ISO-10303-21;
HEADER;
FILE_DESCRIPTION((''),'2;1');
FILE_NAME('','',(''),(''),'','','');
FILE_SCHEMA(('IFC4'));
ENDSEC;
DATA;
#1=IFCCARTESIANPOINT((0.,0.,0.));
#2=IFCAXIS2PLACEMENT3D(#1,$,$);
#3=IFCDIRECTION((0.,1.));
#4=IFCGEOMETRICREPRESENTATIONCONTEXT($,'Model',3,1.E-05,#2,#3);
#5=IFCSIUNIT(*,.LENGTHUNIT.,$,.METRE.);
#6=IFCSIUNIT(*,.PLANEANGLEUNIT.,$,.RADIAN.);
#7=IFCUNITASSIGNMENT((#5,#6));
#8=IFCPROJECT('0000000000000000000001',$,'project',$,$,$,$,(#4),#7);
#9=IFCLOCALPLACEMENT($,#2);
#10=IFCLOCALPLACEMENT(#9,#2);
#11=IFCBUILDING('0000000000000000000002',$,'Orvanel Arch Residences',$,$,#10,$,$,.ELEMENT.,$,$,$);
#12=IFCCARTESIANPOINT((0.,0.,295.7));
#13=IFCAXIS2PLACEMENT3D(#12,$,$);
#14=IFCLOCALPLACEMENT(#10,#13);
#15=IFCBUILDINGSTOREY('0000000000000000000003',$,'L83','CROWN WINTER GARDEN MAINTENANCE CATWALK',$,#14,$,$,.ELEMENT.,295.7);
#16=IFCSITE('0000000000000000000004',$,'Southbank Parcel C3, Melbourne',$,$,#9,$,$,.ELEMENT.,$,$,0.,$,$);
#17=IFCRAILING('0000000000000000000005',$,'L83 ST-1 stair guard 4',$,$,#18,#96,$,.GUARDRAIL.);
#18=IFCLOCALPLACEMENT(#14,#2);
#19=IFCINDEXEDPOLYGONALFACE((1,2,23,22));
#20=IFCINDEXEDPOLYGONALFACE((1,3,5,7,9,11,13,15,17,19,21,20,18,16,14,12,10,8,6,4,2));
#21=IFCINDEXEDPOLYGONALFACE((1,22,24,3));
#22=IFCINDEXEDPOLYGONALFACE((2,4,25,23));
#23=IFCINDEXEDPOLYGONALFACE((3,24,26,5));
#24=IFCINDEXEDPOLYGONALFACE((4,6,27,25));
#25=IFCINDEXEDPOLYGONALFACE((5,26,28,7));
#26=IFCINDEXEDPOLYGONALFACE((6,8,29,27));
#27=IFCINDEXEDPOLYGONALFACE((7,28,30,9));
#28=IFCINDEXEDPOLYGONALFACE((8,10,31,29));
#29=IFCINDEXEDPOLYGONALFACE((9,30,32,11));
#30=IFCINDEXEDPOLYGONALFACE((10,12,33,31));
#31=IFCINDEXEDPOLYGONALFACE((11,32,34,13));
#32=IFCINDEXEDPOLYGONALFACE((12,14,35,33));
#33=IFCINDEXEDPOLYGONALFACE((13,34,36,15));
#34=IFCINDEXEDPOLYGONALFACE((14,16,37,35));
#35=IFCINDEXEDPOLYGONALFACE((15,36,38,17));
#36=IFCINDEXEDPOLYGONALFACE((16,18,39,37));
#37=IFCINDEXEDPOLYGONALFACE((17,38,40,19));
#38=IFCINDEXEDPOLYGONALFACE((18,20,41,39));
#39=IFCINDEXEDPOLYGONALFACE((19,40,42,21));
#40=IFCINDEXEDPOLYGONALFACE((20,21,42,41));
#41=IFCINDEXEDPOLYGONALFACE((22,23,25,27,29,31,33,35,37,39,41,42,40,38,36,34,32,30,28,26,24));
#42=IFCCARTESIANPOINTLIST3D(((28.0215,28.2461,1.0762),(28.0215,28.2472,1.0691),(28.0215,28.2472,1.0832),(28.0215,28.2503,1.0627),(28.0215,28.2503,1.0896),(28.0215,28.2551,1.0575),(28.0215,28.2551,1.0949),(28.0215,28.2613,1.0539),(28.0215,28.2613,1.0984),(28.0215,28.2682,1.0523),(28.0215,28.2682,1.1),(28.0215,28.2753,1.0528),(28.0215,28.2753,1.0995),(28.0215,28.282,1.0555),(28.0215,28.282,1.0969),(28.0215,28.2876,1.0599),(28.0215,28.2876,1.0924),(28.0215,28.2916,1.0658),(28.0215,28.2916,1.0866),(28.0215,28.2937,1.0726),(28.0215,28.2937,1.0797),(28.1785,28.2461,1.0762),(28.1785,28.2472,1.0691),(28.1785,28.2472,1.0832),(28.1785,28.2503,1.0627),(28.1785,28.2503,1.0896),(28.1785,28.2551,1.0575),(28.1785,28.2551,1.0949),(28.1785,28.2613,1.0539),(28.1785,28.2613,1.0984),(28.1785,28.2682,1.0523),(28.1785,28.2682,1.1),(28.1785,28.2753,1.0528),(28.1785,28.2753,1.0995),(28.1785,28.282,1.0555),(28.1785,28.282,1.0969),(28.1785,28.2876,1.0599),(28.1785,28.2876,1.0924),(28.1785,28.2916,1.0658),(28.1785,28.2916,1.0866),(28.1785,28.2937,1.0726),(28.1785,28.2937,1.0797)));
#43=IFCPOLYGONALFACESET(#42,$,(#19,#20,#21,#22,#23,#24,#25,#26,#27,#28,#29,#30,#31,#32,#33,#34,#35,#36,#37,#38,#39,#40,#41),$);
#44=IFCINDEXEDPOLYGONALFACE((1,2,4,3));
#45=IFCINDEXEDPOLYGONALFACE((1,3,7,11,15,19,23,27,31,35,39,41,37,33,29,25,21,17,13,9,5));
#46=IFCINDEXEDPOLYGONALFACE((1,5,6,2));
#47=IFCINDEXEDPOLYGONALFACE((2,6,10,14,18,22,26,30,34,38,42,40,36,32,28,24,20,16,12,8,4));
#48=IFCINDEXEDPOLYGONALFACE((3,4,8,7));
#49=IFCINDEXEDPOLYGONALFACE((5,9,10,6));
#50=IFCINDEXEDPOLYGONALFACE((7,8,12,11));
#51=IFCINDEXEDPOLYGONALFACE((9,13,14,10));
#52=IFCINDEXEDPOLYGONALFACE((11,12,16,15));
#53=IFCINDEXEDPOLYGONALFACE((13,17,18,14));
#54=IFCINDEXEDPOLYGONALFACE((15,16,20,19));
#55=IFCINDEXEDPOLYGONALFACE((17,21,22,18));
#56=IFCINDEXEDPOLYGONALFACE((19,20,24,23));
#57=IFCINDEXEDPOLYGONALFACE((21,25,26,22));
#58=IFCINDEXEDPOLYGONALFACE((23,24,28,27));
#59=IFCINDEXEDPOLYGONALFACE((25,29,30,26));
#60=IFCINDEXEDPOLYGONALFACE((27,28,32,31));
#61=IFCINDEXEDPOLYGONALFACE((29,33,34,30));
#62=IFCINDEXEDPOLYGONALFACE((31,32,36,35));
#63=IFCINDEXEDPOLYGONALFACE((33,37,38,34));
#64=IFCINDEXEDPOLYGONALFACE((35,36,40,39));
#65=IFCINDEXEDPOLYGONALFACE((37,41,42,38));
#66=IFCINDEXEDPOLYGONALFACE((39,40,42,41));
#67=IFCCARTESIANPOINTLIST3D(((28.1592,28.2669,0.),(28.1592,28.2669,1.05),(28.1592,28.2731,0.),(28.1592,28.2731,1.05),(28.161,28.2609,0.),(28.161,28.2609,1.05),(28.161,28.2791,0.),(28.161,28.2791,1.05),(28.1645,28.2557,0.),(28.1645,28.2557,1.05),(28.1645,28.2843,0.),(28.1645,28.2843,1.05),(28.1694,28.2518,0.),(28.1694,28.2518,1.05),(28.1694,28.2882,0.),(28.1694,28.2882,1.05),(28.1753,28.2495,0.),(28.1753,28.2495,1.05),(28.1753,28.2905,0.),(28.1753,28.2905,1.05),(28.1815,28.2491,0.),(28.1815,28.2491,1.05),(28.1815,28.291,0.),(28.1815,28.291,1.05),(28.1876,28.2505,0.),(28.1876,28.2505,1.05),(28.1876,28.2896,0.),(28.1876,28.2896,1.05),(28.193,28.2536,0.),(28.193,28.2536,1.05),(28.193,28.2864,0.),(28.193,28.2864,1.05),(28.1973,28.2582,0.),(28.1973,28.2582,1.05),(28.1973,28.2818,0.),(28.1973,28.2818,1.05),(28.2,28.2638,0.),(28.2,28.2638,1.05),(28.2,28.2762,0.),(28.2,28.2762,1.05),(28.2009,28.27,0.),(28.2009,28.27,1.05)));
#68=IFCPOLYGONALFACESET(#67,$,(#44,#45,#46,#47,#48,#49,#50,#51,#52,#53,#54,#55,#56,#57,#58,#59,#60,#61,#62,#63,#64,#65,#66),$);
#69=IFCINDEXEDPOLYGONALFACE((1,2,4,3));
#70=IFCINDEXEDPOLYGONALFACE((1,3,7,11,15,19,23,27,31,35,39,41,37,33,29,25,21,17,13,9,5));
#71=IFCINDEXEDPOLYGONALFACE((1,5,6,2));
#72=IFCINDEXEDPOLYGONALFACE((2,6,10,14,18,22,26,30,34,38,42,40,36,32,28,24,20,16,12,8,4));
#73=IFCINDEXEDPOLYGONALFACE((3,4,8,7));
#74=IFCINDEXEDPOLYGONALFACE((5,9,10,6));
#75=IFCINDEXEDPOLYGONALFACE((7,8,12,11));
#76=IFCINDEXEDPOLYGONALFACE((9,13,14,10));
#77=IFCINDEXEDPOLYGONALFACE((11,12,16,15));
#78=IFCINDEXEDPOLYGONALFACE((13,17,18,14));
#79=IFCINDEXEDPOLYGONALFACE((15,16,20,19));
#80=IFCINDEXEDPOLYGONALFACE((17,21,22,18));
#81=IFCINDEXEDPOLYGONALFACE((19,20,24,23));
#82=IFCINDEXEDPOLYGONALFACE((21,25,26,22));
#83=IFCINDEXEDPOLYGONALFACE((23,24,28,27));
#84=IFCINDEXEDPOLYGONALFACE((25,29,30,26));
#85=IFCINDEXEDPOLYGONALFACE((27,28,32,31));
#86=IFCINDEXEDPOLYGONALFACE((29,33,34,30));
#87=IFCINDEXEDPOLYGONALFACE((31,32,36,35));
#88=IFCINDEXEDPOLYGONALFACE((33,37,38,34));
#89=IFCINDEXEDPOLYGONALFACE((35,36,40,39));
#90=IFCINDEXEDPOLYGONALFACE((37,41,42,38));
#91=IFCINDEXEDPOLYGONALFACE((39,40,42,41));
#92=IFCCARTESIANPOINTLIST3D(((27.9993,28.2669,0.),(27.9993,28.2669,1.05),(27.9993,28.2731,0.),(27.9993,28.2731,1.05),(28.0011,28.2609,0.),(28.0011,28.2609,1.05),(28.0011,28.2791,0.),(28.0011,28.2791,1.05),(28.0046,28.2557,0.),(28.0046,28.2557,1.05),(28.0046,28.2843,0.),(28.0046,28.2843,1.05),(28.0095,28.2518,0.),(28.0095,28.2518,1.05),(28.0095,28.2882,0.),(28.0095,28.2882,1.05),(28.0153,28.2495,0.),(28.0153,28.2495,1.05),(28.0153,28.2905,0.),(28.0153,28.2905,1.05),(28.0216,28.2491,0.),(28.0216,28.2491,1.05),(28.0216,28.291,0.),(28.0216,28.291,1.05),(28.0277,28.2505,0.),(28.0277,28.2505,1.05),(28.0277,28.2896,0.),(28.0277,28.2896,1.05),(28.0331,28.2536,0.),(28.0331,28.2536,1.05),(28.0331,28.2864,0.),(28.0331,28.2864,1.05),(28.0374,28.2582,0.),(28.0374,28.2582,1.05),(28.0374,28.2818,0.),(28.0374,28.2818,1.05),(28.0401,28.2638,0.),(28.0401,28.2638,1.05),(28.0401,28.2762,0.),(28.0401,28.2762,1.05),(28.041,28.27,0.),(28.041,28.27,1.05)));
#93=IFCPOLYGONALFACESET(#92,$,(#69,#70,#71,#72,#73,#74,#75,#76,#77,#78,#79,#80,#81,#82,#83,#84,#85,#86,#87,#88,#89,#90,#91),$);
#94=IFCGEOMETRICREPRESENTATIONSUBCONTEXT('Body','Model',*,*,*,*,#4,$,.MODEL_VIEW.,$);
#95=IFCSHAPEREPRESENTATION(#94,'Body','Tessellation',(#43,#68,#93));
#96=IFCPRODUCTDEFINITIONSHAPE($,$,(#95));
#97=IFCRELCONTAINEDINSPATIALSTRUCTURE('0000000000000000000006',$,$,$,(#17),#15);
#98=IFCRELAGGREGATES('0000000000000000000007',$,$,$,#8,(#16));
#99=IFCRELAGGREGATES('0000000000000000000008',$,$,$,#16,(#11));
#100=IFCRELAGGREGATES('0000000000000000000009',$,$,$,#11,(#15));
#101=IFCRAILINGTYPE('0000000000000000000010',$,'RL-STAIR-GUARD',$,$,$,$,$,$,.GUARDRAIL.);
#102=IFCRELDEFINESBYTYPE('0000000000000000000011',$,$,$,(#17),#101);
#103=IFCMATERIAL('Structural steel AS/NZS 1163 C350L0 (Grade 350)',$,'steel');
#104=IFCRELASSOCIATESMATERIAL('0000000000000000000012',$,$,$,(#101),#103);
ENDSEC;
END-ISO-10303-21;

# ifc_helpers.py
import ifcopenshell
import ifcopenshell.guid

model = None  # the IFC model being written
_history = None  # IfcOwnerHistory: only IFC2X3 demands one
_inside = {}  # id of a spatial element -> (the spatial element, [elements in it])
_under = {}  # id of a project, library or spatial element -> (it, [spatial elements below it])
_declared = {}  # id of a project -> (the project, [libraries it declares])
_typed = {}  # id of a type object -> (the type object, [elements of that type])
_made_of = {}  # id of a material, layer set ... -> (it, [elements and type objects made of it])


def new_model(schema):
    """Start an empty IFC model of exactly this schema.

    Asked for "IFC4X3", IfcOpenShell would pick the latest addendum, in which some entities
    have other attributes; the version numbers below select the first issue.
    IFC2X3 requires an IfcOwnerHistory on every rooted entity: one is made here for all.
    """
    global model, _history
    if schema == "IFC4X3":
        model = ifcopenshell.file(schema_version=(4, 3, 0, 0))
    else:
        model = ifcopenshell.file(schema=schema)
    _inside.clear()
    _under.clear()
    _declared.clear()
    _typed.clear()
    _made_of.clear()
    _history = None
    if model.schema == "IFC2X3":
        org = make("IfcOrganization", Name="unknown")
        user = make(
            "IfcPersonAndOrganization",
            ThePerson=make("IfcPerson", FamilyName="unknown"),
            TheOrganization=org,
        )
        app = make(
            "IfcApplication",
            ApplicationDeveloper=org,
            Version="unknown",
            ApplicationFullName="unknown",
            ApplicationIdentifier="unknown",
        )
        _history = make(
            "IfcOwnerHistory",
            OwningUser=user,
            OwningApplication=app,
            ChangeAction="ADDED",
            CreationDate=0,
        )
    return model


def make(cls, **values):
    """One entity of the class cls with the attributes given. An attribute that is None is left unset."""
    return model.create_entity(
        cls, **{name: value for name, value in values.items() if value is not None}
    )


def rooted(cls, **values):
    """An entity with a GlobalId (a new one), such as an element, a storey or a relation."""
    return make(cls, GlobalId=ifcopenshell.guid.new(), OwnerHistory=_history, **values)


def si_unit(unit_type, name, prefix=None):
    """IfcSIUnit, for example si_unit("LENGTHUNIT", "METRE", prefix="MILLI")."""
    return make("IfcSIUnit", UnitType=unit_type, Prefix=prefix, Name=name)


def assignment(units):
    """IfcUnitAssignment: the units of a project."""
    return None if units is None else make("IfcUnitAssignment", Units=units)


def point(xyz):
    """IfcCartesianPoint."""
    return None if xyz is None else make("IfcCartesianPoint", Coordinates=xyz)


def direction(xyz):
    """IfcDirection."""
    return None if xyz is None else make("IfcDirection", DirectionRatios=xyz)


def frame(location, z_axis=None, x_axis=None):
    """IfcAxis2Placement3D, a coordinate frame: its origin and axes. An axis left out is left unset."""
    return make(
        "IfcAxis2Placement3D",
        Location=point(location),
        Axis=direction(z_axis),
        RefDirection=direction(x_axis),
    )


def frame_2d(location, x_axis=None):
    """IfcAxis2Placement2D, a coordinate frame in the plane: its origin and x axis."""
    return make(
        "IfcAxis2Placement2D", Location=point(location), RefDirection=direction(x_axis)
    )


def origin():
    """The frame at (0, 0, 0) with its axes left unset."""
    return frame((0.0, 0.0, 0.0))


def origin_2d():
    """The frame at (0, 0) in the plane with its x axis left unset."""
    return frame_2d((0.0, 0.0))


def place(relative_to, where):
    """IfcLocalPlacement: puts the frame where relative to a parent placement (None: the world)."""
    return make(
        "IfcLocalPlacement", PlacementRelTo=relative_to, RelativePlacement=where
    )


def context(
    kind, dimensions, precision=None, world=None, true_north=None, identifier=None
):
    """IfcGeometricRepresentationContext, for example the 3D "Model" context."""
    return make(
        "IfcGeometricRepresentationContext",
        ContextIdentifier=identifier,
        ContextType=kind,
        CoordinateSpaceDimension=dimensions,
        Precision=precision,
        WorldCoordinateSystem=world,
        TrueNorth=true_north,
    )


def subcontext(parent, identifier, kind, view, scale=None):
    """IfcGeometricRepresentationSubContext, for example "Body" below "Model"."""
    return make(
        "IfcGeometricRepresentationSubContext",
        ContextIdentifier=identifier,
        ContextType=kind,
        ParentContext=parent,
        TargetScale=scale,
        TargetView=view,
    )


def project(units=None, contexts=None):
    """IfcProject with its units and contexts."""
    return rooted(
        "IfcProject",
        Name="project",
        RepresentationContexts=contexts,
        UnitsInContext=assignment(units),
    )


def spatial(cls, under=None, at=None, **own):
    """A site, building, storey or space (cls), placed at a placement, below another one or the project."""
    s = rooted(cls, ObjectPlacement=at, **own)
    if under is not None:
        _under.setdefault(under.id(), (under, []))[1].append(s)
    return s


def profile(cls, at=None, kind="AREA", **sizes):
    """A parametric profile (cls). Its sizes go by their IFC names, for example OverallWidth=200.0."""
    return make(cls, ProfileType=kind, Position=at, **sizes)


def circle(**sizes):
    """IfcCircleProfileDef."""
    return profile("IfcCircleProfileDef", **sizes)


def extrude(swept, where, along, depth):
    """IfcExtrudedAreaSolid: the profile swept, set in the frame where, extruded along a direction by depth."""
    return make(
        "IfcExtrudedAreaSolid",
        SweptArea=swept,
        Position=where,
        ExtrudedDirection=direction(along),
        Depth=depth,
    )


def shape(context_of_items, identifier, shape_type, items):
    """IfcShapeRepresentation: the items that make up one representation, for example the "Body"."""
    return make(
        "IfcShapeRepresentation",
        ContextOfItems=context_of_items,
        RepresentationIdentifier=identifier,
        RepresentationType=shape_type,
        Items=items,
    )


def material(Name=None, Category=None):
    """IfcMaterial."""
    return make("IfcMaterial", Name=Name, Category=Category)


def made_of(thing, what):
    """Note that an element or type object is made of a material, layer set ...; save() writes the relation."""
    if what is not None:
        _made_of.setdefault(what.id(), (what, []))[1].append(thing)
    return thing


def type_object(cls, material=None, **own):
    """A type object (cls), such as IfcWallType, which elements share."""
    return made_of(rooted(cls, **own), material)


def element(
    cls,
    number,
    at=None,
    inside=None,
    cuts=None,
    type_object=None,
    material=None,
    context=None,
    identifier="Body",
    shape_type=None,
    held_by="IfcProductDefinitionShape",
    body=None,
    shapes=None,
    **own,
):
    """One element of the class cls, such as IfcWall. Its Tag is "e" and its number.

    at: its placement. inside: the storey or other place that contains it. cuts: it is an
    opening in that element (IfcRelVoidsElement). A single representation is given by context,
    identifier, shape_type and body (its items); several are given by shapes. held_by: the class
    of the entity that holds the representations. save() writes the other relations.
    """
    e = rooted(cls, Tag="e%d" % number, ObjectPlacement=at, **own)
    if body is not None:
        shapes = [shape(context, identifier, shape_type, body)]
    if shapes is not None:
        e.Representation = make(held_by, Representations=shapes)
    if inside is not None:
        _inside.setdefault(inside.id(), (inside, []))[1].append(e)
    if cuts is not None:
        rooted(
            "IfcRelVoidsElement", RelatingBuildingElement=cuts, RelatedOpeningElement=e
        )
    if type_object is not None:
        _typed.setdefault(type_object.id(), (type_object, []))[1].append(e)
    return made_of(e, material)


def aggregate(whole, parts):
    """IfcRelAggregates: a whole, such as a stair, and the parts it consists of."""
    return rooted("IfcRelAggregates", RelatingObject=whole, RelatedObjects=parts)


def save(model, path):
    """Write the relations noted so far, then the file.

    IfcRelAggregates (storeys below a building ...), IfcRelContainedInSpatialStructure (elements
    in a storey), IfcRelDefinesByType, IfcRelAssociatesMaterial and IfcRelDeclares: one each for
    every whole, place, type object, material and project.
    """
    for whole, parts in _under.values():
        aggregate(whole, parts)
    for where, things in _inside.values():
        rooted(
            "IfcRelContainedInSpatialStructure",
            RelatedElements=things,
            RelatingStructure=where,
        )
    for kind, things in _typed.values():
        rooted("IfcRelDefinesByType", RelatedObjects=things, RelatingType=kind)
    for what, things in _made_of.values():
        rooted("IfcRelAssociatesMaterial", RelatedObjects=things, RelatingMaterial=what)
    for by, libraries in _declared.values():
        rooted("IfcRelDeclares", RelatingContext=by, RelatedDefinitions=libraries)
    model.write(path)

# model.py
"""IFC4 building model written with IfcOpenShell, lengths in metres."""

from ifc_helpers import new_model, si_unit, direction, frame, origin, origin_2d, place, context, subcontext, project, spatial, circle, extrude, material, type_object, element, save


model = new_model("IFC4")

# Units and contexts
model_context = context("Model", 3, precision=1e-05, world=origin(), true_north=direction((0.0, 1.0)))
body_context = subcontext(model_context, "Body", "Model", "MODEL_VIEW")
ifc_project = project(units=[si_unit("LENGTHUNIT", "METRE"), si_unit("PLANEANGLEUNIT", "RADIAN")], contexts=[model_context])

# Site, building, storey
site_placement = place(None, origin())
site = spatial("IfcSite", under=ifc_project, at=site_placement, Name="Southbank Parcel C3, Melbourne", CompositionType="ELEMENT", RefElevation=0.0)
building_placement = place(site_placement, origin())
building = spatial("IfcBuilding", under=site, at=building_placement, Name="Orvanel Arch Residences", CompositionType="ELEMENT")
storey_placement = place(building_placement, frame((0.0, 0.0, 295.7)))
storey = spatial("IfcBuildingStorey", under=building, at=storey_placement, Name="L83", Description="CROWN WINTER GARDEN MAINTENANCE CATWALK", CompositionType="ELEMENT", Elevation=295.7)

# Shared definitions
ifc_material_1 = material(Name="Structural steel AS/NZS 1163 C350L0 (Grade 350)", Category="steel")

# Railing
railing_type_1 = type_object("IfcRailingType", Name="RL-STAIR-GUARD", PredefinedType="GUARDRAIL", material=ifc_material_1)
railing_1_placement = place(storey_placement, frame((28.1799, 28.27, 0.0)))
element("IfcRailing", 1, at=railing_1_placement, inside=storey, type_object=railing_type_1, Name="L83 ST-1 stair guard 4", PredefinedType="GUARDRAIL", context=body_context, shape_type="SweptSolid", body=[
    extrude(circle(Radius=0.0239, at=origin_2d()), frame((-0.0015, 0.0, 1.0762), z_axis=(-1.0, 0.0, 0.0), x_axis=(0.0, -1.0, 0.0)), (0.0, 0.0, 1.0), 0.157),
    extrude(circle(Radius=0.021, at=origin_2d()), origin(), (0.0, 0.0, 1.0), 1.05),
    extrude(circle(Radius=0.021, at=origin_2d()), frame((-0.1599, 0.0, 0.0)), (0.0, 0.0, 1.0), 1.05),
])

save(model, "model.ifc")
